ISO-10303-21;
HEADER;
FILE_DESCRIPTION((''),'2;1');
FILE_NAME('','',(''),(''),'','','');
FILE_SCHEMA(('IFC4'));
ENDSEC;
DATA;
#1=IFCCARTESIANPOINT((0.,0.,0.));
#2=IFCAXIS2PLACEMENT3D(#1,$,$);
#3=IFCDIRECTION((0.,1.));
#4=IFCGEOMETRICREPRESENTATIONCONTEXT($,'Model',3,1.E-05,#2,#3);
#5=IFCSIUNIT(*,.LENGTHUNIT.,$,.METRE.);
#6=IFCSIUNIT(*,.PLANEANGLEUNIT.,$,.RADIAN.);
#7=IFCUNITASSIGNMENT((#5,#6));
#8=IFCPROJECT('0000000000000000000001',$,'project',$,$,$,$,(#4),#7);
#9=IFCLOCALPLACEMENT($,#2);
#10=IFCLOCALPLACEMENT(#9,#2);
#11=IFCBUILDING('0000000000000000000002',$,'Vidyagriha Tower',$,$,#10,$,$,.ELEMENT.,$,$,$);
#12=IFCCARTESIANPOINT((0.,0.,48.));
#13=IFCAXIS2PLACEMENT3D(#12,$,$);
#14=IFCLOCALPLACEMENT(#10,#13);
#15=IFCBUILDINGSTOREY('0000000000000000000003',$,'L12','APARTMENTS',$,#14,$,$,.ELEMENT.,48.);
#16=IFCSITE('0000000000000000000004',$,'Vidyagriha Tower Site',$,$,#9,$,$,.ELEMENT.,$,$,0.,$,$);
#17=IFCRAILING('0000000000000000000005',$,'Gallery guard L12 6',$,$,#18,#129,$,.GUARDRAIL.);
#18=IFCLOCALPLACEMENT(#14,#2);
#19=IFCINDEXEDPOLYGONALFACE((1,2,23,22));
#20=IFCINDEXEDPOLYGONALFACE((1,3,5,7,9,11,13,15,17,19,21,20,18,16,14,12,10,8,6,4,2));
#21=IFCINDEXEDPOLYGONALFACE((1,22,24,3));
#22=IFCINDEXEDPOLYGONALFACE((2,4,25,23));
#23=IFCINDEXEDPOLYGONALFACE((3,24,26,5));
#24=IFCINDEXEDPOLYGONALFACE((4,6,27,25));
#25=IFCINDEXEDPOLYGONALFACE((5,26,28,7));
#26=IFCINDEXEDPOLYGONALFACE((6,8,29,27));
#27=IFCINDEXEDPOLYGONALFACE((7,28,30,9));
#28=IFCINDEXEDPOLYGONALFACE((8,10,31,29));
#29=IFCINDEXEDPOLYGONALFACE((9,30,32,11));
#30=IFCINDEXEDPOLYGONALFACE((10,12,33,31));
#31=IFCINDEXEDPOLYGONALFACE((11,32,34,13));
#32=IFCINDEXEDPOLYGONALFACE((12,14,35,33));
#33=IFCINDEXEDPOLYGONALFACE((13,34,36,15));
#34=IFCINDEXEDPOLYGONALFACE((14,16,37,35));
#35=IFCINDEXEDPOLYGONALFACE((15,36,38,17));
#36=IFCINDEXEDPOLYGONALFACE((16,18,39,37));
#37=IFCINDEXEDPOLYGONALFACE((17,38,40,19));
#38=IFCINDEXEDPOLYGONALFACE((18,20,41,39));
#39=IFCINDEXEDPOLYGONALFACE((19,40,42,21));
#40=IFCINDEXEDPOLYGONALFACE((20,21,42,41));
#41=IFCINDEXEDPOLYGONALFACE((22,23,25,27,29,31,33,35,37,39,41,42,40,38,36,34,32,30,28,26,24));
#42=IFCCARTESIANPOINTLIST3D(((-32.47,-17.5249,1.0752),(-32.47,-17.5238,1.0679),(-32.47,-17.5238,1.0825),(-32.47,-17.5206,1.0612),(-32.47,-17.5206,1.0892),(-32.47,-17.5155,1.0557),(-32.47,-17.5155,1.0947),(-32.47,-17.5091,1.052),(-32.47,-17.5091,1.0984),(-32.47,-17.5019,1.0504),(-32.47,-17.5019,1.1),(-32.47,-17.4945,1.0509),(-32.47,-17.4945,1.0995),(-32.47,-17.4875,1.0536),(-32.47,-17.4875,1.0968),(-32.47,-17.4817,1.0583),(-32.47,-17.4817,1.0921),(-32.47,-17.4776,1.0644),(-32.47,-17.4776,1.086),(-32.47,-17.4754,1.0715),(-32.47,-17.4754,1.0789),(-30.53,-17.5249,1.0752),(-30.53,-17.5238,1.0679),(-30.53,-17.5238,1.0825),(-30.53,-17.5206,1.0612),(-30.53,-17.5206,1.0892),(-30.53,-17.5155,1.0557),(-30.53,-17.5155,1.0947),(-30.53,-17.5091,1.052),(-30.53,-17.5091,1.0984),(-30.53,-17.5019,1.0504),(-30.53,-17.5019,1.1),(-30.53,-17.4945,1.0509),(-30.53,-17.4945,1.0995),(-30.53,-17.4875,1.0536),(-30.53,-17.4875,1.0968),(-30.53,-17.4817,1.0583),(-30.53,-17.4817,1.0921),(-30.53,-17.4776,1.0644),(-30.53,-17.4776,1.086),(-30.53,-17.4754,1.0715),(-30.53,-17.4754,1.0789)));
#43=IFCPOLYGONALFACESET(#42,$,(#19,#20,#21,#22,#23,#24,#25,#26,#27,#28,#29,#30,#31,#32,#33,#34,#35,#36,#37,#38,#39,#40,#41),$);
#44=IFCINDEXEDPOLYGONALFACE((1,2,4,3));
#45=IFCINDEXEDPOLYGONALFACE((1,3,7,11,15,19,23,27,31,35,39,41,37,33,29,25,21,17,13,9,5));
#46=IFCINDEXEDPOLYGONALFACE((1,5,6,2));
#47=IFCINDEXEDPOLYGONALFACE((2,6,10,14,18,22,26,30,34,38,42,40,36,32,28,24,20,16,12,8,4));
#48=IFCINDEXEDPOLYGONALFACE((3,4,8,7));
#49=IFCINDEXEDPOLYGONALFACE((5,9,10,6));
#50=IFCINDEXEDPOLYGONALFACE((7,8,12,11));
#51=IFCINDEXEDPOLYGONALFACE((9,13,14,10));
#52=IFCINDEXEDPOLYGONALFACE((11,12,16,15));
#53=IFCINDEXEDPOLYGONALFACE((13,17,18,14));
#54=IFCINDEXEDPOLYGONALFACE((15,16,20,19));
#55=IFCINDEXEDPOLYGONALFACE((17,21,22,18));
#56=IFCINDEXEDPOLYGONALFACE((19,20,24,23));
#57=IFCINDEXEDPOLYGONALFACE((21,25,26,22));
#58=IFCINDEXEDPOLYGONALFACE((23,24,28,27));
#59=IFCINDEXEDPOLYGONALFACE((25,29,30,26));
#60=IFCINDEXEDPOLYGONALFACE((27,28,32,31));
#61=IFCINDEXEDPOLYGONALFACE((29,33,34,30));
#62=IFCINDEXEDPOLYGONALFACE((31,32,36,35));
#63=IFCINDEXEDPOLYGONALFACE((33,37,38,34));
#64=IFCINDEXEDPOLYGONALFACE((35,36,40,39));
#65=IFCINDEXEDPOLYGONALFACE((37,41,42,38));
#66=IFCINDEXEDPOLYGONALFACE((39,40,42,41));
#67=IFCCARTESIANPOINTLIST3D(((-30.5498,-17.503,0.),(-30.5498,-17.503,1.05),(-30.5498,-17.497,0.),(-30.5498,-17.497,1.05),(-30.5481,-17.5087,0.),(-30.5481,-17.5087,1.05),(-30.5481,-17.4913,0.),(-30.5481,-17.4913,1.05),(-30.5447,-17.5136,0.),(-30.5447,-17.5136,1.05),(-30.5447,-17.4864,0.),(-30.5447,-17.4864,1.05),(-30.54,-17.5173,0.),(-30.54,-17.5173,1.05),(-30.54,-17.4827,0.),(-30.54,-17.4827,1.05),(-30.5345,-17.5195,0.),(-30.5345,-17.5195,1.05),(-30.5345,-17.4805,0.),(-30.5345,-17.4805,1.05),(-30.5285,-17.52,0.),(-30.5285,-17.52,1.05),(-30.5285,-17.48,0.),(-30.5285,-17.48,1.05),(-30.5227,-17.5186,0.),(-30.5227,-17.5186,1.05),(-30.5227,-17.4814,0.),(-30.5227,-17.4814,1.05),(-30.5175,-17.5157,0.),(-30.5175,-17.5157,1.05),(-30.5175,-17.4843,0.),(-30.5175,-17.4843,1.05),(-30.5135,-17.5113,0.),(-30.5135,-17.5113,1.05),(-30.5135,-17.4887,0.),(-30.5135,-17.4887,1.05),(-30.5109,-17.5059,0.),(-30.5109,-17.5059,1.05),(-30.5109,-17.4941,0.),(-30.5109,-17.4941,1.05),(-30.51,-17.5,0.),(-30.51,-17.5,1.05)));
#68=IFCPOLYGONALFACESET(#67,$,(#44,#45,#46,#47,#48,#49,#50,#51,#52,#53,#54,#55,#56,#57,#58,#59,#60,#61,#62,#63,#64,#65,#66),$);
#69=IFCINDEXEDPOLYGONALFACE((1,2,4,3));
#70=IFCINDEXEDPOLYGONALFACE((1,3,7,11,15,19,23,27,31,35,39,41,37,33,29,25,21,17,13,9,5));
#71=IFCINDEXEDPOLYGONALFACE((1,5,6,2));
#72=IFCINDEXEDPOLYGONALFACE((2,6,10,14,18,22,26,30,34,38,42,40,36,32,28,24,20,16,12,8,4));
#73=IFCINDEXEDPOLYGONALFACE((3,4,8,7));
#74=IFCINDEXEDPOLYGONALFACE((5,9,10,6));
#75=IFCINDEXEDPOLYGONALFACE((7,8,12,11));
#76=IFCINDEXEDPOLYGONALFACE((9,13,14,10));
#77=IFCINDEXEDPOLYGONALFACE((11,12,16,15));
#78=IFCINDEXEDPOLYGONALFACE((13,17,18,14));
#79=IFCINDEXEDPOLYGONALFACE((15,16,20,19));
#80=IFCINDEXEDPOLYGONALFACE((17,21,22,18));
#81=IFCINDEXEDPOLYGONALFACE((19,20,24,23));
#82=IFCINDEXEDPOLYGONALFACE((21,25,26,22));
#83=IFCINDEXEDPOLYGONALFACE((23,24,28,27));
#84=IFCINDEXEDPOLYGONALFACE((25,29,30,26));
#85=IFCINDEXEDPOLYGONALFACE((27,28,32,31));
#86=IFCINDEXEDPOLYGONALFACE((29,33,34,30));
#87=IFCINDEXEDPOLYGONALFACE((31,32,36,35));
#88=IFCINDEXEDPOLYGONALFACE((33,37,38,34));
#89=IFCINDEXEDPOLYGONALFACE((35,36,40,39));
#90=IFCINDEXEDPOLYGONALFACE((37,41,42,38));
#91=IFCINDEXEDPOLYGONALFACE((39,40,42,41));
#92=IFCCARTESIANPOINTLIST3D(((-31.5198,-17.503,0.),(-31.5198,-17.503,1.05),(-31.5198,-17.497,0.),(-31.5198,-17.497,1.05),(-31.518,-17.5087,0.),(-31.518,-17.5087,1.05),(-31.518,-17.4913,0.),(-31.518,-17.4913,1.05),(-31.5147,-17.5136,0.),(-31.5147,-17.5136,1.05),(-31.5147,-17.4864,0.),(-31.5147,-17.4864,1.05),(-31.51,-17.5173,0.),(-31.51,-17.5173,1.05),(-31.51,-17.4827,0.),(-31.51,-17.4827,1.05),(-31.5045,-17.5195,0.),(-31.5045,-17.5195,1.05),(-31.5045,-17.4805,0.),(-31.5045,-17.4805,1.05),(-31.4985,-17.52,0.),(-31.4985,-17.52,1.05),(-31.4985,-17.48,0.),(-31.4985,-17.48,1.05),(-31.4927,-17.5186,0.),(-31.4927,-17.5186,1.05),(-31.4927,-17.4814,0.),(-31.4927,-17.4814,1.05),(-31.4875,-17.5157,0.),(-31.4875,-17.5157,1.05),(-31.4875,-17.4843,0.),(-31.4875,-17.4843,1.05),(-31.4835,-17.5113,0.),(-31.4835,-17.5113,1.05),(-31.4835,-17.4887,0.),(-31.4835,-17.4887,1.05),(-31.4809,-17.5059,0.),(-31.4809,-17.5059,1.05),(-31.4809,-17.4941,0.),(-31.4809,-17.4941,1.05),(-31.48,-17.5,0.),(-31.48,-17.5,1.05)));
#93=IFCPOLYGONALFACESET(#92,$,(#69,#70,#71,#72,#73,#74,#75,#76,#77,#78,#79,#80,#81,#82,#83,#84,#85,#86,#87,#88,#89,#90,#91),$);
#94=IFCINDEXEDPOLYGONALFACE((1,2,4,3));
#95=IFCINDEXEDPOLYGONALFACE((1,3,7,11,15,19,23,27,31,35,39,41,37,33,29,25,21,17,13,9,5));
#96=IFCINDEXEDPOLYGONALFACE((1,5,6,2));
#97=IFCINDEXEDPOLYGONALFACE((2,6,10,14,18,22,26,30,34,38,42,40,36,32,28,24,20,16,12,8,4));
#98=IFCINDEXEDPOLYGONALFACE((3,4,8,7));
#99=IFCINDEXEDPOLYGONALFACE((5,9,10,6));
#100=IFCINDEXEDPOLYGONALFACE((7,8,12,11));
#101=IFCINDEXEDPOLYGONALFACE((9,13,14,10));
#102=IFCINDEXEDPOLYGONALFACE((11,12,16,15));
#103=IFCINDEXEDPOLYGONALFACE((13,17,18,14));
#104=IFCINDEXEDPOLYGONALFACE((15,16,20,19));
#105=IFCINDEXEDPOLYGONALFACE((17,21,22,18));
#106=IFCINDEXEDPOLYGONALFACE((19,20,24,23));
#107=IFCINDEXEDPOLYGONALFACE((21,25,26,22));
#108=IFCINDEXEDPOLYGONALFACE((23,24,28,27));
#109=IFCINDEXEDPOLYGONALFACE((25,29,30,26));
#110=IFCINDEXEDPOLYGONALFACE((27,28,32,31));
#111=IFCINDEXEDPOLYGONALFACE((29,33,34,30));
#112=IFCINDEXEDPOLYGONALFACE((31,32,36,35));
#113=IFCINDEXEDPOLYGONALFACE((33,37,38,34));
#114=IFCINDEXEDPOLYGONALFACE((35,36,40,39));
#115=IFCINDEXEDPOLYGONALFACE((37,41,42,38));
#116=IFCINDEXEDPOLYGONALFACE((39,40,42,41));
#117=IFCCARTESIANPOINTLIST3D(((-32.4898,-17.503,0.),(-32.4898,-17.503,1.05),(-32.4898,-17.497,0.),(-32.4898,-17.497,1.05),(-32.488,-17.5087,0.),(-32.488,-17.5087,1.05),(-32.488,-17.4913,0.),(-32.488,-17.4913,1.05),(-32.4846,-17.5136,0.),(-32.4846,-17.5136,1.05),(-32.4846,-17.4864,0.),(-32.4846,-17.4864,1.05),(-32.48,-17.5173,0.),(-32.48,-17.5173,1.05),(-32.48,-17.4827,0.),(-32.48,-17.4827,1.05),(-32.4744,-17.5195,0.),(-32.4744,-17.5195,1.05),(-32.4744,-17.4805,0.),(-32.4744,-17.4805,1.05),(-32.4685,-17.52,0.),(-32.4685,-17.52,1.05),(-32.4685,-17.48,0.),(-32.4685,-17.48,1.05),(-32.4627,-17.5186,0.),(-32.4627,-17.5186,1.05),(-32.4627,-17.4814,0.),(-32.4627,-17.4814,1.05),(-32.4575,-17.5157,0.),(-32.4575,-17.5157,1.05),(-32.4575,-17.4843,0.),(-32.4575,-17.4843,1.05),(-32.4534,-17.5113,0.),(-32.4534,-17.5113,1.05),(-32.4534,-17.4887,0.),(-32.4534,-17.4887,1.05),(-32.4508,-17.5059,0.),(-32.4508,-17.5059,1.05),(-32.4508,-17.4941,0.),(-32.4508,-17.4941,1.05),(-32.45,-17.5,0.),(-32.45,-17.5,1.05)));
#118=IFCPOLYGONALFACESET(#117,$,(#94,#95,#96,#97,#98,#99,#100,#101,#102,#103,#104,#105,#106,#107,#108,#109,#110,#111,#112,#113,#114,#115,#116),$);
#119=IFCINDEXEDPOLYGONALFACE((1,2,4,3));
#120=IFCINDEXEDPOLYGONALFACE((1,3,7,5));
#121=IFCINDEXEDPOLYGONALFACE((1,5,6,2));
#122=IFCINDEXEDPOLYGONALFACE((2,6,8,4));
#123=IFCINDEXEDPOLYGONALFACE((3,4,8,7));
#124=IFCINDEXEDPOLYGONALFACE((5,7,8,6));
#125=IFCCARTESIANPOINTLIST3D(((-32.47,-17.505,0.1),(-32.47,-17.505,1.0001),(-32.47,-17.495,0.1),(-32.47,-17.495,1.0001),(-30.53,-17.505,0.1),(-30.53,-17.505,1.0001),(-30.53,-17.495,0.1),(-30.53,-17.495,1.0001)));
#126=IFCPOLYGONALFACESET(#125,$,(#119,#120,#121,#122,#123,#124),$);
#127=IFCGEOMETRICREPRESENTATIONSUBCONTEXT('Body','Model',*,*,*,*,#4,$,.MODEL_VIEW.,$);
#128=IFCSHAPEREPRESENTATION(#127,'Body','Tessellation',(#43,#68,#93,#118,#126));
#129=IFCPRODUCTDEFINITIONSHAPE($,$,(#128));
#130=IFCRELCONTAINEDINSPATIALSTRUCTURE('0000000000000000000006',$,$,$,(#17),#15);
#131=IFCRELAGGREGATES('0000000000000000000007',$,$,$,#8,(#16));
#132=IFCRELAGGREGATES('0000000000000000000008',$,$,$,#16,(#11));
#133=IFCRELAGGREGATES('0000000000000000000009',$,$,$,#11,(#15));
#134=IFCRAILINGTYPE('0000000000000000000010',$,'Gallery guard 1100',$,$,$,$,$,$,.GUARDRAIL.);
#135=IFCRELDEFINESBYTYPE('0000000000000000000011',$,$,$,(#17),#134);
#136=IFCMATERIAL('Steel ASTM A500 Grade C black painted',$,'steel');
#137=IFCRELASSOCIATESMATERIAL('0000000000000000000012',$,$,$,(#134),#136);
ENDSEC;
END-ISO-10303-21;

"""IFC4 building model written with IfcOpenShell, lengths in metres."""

from ifc_helpers import new_model, si_unit, direction, frame, origin, origin_2d, place, context, subcontext, project, spatial, rectangle, circle, extrude, material, type_object, element, save


model = new_model("IFC4")

# Units and contexts
model_context = context("Model", 3, precision=1e-05, world=origin(), true_north=direction((0.0, 1.0)))
body_context = subcontext(model_context, "Body", "Model", "MODEL_VIEW")
ifc_project = project(units=[si_unit("LENGTHUNIT", "METRE"), si_unit("PLANEANGLEUNIT", "RADIAN")], contexts=[model_context])

# Site, building, storey
site_placement = place(None, origin())
site = spatial("IfcSite", under=ifc_project, at=site_placement, Name="Vidyagriha Tower Site", CompositionType="ELEMENT", RefElevation=0.0)
building_placement = place(site_placement, origin())
building = spatial("IfcBuilding", under=site, at=building_placement, Name="Vidyagriha Tower", CompositionType="ELEMENT")
storey_placement = place(building_placement, frame((0.0, 0.0, 48.0)))
storey = spatial("IfcBuildingStorey", under=building, at=storey_placement, Name="L12", Description="APARTMENTS", CompositionType="ELEMENT", Elevation=48.0)

# Railing
ifc_material_1 = material(Name="Steel ASTM A500 Grade C black painted", Category="steel")
railing_type_1 = type_object("IfcRailingType", Name="Gallery guard 1100", PredefinedType="GUARDRAIL", material=ifc_material_1)
railing_1_placement = place(storey_placement, frame((-30.53, -17.5, 0.0)))
element("IfcRailing", 1, at=railing_1_placement, inside=storey, type_object=railing_type_1, Name="Gallery guard L12 6", PredefinedType="GUARDRAIL", context=body_context, shape_type="SweptSolid", body=[
    extrude(circle(Radius=0.0249, at=origin_2d()), frame((0.0, 0.0, 1.0752), z_axis=(-1.0, 0.0, 0.0), x_axis=(0.0, -1.0, 0.0)), (0.0, 0.0, 1.0), 1.9399),
    extrude(circle(Radius=0.02, at=origin_2d()), origin(), (0.0, 0.0, 1.0), 1.05),
    extrude(circle(Radius=0.02, at=origin_2d()), frame((-0.97, 0.0, 0.0)), (0.0, 0.0, 1.0), 1.05),
    extrude(circle(Radius=0.02, at=origin_2d()), frame((-1.9399, 0.0, 0.0)), (0.0, 0.0, 1.0), 1.05),
    extrude(rectangle(XDim=0.01, YDim=0.9001, at=origin_2d()), frame((0.0, 0.0, 0.55), z_axis=(-1.0, 0.0, 0.0), x_axis=(0.0, -1.0, 0.0)), (0.0, 0.0, 1.0), 1.9399),
])

save(model, "model.ifc")
